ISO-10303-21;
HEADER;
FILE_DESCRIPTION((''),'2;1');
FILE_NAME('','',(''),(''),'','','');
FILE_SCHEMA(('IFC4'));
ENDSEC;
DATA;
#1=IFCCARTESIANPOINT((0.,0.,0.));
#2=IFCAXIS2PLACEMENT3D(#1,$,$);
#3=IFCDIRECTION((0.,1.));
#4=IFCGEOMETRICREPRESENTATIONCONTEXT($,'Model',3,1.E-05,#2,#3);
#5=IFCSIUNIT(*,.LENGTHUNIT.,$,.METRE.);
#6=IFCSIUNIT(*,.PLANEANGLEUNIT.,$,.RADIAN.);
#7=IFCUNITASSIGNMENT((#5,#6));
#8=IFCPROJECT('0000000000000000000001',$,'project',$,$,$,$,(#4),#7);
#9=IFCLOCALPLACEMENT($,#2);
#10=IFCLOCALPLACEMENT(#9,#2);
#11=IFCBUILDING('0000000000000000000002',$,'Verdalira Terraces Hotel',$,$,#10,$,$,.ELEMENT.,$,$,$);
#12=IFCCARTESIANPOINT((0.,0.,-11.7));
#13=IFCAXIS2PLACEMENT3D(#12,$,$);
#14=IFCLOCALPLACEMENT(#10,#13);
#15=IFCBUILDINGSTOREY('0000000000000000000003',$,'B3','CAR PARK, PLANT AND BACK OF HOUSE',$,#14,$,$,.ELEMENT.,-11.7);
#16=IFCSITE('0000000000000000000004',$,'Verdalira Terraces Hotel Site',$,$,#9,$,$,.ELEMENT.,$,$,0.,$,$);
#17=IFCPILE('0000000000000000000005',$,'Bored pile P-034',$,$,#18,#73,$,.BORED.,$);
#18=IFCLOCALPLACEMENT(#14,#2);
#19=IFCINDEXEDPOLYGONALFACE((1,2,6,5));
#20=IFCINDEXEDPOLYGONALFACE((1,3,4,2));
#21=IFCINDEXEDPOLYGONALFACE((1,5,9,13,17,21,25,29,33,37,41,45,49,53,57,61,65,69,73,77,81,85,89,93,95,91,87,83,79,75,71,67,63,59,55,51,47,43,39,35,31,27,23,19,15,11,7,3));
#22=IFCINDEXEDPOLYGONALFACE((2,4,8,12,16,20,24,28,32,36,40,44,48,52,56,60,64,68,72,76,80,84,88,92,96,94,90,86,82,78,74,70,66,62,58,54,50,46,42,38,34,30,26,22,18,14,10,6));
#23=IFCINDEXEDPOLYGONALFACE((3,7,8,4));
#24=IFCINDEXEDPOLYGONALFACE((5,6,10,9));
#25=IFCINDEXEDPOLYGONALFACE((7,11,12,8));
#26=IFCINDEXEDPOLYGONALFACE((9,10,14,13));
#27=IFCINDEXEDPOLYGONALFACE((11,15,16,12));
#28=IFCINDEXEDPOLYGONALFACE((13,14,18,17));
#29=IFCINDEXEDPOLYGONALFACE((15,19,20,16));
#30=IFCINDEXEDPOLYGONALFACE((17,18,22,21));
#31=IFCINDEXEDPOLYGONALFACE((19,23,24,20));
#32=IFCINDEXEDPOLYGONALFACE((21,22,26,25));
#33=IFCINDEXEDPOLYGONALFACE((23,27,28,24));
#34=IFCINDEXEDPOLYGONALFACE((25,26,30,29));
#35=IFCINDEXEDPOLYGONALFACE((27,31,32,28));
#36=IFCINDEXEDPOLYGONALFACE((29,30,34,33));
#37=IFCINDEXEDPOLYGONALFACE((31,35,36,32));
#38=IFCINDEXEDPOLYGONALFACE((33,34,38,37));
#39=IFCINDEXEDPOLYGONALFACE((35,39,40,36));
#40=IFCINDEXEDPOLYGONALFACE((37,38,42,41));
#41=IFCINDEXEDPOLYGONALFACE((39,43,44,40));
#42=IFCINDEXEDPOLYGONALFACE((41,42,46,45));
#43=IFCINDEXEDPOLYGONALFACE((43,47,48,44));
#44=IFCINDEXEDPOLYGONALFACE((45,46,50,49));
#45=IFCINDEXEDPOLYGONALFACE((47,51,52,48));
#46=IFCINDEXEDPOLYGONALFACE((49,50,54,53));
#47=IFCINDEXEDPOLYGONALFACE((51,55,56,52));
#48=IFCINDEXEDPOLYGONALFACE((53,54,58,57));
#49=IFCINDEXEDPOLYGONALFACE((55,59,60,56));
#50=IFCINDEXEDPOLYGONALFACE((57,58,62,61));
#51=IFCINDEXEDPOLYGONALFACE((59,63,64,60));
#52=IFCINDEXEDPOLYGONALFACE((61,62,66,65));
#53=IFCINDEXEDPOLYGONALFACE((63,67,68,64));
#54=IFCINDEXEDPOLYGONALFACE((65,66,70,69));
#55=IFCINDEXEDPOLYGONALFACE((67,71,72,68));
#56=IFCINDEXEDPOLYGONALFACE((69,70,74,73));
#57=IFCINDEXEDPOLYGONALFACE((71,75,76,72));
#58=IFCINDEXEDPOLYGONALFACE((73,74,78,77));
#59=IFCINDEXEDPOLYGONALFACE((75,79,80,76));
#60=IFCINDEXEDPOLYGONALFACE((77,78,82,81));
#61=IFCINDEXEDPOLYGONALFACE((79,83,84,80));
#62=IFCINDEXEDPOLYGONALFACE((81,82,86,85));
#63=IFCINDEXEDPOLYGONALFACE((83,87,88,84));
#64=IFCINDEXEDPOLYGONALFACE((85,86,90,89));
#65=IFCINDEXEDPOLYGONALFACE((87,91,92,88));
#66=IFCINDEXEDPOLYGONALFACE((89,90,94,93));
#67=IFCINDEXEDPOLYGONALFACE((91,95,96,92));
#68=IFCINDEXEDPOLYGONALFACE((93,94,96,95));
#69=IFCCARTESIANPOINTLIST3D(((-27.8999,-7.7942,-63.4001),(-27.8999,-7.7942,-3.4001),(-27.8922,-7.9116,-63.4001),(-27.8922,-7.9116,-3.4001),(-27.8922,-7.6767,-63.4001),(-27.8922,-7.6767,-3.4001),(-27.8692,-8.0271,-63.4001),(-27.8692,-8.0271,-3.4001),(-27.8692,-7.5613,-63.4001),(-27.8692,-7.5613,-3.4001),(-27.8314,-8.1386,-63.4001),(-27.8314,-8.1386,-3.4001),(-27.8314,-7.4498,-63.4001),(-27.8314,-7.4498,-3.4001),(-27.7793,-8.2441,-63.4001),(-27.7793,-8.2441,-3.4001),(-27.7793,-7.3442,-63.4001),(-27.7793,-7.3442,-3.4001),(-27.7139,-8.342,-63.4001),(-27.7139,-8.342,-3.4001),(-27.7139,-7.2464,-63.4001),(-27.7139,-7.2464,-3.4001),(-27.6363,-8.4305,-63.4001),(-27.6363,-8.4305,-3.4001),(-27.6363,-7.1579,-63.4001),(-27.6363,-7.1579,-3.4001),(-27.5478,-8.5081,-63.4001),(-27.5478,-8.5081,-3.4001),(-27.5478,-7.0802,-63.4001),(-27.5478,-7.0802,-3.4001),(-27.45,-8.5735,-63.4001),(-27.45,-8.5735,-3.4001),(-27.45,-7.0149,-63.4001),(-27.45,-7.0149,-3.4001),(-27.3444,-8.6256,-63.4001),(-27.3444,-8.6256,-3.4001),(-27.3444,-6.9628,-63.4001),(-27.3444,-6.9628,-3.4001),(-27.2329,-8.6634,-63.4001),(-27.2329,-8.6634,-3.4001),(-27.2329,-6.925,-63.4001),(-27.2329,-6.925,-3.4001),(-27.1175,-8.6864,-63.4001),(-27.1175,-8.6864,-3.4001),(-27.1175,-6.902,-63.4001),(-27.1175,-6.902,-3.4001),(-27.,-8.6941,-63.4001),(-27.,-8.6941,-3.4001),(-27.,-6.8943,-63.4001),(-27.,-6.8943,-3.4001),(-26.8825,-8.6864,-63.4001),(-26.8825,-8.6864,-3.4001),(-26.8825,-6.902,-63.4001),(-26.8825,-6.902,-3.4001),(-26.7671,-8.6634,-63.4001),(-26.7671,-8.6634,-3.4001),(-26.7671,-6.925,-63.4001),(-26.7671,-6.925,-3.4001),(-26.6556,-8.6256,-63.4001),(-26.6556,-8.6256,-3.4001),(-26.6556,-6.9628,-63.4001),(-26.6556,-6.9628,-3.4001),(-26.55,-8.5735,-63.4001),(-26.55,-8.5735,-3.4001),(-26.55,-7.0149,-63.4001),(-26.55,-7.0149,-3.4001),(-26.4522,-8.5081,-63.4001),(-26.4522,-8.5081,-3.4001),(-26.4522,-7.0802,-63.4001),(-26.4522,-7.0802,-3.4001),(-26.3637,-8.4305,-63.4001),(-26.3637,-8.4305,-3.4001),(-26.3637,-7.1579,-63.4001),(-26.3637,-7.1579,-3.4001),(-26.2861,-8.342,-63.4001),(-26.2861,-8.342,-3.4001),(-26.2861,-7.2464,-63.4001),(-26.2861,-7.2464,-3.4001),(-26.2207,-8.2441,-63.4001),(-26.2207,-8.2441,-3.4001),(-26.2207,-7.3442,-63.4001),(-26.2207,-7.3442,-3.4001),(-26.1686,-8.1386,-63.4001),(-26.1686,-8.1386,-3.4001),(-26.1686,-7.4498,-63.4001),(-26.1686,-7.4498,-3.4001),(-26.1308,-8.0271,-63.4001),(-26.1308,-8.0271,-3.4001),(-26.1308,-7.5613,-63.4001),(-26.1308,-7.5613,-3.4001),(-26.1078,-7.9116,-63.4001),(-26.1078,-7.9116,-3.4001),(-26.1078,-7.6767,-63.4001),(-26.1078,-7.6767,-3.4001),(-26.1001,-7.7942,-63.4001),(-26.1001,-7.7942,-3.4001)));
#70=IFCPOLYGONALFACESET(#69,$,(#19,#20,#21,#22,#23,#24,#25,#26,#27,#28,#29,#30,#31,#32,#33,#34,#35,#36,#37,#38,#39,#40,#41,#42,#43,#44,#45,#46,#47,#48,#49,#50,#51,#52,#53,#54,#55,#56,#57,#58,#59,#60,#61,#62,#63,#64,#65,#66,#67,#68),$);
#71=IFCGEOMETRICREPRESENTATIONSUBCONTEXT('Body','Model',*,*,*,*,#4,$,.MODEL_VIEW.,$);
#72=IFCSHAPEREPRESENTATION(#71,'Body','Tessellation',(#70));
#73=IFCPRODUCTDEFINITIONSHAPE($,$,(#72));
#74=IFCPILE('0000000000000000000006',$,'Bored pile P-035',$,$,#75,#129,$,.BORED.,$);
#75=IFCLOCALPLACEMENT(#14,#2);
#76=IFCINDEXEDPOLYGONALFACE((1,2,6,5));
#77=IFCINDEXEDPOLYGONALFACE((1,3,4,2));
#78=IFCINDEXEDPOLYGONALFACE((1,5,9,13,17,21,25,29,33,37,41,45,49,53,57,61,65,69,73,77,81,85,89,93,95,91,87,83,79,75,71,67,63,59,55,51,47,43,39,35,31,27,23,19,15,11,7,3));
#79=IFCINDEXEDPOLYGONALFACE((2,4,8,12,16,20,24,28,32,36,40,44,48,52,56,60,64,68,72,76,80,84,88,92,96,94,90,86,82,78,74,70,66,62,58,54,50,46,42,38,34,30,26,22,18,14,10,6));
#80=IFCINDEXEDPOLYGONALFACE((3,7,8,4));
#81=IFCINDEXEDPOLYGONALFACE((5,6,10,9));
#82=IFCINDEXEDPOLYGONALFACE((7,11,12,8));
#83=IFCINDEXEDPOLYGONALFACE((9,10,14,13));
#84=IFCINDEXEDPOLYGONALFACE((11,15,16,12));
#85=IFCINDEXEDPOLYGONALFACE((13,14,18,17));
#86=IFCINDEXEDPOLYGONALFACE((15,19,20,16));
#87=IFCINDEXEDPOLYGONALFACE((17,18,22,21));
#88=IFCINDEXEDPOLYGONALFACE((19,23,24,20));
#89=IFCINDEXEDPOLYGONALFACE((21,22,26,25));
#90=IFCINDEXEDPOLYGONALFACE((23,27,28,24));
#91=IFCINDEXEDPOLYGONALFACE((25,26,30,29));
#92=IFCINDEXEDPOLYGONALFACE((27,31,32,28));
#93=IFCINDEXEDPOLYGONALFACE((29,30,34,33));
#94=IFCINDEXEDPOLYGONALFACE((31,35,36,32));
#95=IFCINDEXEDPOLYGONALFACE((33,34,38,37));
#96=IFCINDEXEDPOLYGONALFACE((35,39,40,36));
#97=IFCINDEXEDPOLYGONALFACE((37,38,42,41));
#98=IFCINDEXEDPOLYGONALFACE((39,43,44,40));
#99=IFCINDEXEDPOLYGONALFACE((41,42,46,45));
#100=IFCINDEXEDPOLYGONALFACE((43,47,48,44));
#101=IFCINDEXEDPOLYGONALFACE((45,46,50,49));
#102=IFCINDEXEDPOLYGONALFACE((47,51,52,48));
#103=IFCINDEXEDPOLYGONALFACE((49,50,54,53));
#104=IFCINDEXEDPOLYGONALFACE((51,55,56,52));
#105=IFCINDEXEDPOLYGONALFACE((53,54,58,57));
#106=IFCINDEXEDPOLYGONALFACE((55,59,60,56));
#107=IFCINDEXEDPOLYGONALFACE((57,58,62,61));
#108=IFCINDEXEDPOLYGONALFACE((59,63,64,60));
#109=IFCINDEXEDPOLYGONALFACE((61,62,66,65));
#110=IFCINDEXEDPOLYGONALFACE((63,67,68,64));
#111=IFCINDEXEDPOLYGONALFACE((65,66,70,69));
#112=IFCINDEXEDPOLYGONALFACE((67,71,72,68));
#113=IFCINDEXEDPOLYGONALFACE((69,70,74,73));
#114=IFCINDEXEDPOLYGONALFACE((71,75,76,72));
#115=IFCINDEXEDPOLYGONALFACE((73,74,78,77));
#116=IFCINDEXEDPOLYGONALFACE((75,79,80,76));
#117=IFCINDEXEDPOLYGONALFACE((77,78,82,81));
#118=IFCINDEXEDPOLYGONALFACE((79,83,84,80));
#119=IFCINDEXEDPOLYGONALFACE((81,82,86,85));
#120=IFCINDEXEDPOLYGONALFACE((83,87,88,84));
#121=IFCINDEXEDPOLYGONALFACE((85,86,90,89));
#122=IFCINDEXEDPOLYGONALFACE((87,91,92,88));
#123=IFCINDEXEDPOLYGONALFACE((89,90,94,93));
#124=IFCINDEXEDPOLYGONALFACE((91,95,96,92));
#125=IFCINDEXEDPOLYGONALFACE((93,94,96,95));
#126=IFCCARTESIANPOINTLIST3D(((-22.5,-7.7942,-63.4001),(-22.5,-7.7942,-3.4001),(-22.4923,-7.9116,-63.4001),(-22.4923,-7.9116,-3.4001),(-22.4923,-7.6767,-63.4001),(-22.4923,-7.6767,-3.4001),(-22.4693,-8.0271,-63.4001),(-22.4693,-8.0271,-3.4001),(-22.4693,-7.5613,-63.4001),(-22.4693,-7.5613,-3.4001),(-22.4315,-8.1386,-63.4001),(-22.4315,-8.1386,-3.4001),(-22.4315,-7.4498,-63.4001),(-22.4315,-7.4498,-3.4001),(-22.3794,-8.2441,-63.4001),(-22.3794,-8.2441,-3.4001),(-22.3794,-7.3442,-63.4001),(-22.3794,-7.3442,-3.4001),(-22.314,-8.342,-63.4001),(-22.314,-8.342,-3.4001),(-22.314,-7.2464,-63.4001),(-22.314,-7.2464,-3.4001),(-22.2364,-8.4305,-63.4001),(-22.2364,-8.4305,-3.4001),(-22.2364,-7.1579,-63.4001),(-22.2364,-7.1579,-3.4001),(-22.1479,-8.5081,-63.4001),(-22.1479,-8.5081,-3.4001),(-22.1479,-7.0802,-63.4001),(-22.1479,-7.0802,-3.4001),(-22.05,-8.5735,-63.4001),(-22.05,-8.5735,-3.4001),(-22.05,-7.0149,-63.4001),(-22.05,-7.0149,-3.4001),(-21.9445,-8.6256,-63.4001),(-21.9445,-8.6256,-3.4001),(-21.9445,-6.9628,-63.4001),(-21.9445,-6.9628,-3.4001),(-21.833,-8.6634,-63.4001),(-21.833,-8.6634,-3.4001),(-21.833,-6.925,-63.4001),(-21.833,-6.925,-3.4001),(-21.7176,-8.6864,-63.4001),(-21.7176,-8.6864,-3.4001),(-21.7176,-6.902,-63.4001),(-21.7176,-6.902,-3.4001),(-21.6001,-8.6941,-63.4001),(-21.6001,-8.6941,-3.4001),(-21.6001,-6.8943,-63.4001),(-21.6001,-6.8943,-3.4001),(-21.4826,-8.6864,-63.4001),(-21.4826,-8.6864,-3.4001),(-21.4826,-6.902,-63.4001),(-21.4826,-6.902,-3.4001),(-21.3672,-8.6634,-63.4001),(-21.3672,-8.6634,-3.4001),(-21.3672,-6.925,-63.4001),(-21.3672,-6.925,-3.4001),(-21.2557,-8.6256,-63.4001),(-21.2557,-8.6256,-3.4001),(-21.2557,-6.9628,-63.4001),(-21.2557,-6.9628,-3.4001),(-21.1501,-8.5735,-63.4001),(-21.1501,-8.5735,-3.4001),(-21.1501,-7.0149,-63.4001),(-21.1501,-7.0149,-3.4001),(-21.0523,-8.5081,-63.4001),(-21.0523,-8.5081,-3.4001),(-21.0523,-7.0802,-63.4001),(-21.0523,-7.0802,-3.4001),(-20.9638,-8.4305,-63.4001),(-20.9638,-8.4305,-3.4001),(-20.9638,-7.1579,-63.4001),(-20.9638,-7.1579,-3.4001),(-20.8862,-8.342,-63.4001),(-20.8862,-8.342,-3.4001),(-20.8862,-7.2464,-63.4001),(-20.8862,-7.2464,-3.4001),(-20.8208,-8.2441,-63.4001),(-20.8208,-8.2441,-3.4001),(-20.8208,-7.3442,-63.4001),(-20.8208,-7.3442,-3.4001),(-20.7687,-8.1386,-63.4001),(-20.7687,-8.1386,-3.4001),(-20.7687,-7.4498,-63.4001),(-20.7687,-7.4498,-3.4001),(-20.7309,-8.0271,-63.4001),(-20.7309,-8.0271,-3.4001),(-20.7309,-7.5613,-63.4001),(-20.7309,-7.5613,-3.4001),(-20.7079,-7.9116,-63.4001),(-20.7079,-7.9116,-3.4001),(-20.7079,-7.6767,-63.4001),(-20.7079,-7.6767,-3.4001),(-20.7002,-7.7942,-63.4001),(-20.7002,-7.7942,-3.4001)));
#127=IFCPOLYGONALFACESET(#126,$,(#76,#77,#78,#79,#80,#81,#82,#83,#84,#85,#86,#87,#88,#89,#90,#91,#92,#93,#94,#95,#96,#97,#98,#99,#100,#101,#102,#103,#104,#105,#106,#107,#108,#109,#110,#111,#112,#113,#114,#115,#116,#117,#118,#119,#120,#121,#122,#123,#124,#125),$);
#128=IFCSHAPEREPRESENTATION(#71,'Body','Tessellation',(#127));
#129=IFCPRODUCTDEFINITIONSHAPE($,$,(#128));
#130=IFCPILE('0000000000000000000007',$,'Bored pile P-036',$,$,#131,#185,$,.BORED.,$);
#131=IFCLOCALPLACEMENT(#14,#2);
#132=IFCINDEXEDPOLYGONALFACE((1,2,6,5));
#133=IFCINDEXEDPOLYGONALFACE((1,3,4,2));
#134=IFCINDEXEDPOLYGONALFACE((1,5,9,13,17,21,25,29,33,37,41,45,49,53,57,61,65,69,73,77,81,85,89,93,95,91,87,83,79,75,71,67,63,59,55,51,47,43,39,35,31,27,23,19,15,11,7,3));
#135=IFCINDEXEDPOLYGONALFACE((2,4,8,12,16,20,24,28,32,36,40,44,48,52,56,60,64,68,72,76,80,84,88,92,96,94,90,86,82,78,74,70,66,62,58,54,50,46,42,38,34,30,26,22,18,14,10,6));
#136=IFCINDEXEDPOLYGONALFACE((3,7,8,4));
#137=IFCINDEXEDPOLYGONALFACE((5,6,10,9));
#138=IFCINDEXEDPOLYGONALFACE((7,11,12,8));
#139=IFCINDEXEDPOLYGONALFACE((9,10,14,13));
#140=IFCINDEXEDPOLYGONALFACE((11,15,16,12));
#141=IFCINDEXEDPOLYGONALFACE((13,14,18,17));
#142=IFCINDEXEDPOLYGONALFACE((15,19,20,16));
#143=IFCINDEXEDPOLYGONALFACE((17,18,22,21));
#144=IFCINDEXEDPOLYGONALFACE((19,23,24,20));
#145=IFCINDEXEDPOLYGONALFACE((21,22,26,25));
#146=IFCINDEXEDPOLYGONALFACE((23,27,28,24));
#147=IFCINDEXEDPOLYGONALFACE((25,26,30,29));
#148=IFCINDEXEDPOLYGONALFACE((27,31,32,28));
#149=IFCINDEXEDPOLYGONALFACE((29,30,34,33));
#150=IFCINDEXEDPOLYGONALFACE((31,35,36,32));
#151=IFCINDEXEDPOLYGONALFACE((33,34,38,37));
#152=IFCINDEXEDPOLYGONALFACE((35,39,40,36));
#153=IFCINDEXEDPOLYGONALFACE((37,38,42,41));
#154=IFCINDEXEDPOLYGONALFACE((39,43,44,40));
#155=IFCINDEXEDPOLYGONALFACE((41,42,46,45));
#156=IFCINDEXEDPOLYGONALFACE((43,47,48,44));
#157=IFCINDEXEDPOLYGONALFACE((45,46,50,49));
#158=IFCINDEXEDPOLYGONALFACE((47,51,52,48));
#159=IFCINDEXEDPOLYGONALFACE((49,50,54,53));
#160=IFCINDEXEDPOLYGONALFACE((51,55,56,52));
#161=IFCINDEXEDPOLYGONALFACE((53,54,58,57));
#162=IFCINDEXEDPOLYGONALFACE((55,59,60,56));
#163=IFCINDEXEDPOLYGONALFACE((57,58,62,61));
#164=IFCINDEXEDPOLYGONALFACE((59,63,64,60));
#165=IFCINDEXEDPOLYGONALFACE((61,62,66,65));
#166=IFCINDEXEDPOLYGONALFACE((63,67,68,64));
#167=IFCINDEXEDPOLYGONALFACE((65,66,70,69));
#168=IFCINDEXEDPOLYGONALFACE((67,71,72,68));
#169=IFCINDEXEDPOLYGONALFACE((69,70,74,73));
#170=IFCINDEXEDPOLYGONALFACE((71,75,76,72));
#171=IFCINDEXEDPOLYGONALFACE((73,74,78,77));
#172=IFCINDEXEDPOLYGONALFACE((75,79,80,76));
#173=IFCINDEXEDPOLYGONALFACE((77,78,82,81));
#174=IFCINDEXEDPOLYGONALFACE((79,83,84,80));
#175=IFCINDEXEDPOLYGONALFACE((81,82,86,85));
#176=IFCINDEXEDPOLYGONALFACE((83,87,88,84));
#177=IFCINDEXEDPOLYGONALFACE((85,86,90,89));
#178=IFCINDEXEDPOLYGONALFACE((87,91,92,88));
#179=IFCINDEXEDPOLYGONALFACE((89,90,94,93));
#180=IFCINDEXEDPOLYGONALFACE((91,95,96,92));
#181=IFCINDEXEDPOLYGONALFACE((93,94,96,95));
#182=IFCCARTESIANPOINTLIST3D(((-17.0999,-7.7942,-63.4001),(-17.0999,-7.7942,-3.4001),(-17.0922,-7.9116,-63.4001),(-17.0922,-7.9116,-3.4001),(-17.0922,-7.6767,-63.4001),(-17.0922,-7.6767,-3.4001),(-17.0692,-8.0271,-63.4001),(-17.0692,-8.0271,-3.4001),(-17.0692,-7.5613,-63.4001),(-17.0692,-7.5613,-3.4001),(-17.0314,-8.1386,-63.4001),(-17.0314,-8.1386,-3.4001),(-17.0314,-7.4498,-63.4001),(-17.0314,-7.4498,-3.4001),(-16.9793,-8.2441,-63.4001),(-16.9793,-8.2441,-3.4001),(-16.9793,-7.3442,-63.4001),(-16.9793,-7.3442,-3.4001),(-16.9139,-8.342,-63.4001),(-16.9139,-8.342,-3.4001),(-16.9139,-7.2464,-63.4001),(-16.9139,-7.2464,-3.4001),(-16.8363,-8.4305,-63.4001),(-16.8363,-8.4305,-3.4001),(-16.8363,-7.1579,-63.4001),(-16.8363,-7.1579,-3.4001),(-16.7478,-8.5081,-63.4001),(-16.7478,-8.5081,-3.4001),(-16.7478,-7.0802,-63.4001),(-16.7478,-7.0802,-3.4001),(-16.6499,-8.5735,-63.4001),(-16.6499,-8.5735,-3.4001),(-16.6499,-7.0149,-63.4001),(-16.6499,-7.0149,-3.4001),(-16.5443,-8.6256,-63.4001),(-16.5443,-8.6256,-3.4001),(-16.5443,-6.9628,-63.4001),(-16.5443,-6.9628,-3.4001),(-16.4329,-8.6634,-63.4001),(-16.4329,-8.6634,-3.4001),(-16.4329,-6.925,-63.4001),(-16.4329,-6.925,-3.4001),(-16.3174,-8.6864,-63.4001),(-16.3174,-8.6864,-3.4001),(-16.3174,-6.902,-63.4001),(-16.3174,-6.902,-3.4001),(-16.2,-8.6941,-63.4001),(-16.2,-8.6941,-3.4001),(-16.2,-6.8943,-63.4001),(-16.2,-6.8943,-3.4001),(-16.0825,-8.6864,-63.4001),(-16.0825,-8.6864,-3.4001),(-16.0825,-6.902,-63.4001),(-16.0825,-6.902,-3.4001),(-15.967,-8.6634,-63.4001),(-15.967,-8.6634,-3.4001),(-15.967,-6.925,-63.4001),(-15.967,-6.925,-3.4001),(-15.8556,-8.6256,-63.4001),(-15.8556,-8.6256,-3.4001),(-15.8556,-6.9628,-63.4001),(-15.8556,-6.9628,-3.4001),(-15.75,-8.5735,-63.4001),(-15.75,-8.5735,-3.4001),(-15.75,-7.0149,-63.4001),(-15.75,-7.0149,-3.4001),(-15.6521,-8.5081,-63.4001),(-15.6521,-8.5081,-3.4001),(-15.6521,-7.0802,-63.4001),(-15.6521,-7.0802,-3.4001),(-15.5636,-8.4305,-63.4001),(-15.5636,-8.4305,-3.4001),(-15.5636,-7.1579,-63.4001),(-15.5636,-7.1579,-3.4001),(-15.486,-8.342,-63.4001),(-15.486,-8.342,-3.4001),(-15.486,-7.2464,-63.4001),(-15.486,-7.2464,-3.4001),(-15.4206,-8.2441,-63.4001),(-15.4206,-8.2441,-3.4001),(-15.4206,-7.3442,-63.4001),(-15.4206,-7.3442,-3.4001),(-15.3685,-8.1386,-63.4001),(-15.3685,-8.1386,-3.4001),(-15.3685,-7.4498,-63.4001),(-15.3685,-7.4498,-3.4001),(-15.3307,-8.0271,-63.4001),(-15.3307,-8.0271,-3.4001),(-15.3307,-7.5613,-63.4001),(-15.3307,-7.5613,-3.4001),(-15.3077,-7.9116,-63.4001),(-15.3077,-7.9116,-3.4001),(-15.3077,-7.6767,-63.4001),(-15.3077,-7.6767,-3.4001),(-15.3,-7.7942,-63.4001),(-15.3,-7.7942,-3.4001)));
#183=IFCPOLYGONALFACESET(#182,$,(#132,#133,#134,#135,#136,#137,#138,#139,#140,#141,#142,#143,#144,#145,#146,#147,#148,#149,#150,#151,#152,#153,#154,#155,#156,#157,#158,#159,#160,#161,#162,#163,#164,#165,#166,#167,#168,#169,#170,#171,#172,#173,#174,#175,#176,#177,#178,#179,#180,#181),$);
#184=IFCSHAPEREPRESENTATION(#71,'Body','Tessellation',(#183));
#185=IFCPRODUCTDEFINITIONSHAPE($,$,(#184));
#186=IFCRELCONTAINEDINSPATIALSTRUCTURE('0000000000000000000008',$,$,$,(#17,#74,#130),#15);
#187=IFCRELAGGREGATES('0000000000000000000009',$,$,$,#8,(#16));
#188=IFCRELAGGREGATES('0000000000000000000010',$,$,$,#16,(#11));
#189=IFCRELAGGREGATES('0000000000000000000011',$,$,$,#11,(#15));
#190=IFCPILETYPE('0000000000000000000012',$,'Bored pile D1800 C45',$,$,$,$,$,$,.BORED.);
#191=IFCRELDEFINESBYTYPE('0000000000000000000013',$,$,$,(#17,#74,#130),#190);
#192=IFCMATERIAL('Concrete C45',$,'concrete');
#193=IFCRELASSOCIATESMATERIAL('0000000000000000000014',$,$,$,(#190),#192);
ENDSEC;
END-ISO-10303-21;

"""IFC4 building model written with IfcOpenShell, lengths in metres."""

from ifc_helpers import new_model, si_unit, direction, frame, origin, origin_2d, place, context, subcontext, project, spatial, circle, extrude, material, material_profile, profile_set, type_object, element, save


model = new_model("IFC4")

# Units and contexts
model_context = context("Model", 3, precision=1e-05, world=origin(), true_north=direction((0.0, 1.0)))
body_context = subcontext(model_context, "Body", "Model", "MODEL_VIEW")
ifc_project = project(units=[si_unit("LENGTHUNIT", "METRE"), si_unit("PLANEANGLEUNIT", "RADIAN")], contexts=[model_context])

# Site, building, storey
site_placement = place(None, origin())
site = spatial("IfcSite", under=ifc_project, at=site_placement, Name="Verdalira Terraces Hotel Site", CompositionType="ELEMENT", RefElevation=0.0)
building_placement = place(site_placement, origin())
building = spatial("IfcBuilding", under=site, at=building_placement, Name="Verdalira Terraces Hotel", CompositionType="ELEMENT")
storey_placement = place(building_placement, frame((0.0, 0.0, -11.7)))
storey = spatial("IfcBuildingStorey", under=building, at=storey_placement, Name="B3", Description="CAR PARK, PLANT AND BACK OF HOUSE", CompositionType="ELEMENT", Elevation=-11.7)

# Piles
ifc_material_1 = material(Name="Concrete C45", Category="concrete")
ifc_material_profile_1 = material_profile(ifc_material_1, circle(Radius=0.8999, at=origin_2d()), Name="D1800")
ifc_profile_set_1 = profile_set([ifc_material_profile_1], Name="Concrete C45")
pile_type = type_object("IfcPileType", Name="Bored pile D1800 C45", PredefinedType="BORED", material=ifc_profile_set_1)
for number, where, z_axis, x_axis, name in (
    (1, (-27.0, -7.7942, -3.4001), (0.0, 0.0, -1.0), (1.0, 0.0, 0.0), "Bored pile P-034"),
    (2, (-21.6001, -7.7942, -3.4001), (0.0, 0.0, -1.0), (1.0, 0.0, 0.0), "Bored pile P-035"),
    (3, (-16.2, -7.7942, -3.4001), (0.0, 0.0, -1.0), (1.0, 0.0, 0.0), "Bored pile P-036"),
):
    element("IfcPile", number, at=place(storey_placement, frame(where, z_axis=z_axis, x_axis=x_axis)), inside=storey, type_object=pile_type, Name=name, PredefinedType="BORED", context=body_context, shape_type="SweptSolid", body=[
        extrude(circle(Radius=0.8999, at=origin_2d()), origin(), (0.0, 0.0, 1.0), 60.0),
    ])

save(model, "model.ifc")
